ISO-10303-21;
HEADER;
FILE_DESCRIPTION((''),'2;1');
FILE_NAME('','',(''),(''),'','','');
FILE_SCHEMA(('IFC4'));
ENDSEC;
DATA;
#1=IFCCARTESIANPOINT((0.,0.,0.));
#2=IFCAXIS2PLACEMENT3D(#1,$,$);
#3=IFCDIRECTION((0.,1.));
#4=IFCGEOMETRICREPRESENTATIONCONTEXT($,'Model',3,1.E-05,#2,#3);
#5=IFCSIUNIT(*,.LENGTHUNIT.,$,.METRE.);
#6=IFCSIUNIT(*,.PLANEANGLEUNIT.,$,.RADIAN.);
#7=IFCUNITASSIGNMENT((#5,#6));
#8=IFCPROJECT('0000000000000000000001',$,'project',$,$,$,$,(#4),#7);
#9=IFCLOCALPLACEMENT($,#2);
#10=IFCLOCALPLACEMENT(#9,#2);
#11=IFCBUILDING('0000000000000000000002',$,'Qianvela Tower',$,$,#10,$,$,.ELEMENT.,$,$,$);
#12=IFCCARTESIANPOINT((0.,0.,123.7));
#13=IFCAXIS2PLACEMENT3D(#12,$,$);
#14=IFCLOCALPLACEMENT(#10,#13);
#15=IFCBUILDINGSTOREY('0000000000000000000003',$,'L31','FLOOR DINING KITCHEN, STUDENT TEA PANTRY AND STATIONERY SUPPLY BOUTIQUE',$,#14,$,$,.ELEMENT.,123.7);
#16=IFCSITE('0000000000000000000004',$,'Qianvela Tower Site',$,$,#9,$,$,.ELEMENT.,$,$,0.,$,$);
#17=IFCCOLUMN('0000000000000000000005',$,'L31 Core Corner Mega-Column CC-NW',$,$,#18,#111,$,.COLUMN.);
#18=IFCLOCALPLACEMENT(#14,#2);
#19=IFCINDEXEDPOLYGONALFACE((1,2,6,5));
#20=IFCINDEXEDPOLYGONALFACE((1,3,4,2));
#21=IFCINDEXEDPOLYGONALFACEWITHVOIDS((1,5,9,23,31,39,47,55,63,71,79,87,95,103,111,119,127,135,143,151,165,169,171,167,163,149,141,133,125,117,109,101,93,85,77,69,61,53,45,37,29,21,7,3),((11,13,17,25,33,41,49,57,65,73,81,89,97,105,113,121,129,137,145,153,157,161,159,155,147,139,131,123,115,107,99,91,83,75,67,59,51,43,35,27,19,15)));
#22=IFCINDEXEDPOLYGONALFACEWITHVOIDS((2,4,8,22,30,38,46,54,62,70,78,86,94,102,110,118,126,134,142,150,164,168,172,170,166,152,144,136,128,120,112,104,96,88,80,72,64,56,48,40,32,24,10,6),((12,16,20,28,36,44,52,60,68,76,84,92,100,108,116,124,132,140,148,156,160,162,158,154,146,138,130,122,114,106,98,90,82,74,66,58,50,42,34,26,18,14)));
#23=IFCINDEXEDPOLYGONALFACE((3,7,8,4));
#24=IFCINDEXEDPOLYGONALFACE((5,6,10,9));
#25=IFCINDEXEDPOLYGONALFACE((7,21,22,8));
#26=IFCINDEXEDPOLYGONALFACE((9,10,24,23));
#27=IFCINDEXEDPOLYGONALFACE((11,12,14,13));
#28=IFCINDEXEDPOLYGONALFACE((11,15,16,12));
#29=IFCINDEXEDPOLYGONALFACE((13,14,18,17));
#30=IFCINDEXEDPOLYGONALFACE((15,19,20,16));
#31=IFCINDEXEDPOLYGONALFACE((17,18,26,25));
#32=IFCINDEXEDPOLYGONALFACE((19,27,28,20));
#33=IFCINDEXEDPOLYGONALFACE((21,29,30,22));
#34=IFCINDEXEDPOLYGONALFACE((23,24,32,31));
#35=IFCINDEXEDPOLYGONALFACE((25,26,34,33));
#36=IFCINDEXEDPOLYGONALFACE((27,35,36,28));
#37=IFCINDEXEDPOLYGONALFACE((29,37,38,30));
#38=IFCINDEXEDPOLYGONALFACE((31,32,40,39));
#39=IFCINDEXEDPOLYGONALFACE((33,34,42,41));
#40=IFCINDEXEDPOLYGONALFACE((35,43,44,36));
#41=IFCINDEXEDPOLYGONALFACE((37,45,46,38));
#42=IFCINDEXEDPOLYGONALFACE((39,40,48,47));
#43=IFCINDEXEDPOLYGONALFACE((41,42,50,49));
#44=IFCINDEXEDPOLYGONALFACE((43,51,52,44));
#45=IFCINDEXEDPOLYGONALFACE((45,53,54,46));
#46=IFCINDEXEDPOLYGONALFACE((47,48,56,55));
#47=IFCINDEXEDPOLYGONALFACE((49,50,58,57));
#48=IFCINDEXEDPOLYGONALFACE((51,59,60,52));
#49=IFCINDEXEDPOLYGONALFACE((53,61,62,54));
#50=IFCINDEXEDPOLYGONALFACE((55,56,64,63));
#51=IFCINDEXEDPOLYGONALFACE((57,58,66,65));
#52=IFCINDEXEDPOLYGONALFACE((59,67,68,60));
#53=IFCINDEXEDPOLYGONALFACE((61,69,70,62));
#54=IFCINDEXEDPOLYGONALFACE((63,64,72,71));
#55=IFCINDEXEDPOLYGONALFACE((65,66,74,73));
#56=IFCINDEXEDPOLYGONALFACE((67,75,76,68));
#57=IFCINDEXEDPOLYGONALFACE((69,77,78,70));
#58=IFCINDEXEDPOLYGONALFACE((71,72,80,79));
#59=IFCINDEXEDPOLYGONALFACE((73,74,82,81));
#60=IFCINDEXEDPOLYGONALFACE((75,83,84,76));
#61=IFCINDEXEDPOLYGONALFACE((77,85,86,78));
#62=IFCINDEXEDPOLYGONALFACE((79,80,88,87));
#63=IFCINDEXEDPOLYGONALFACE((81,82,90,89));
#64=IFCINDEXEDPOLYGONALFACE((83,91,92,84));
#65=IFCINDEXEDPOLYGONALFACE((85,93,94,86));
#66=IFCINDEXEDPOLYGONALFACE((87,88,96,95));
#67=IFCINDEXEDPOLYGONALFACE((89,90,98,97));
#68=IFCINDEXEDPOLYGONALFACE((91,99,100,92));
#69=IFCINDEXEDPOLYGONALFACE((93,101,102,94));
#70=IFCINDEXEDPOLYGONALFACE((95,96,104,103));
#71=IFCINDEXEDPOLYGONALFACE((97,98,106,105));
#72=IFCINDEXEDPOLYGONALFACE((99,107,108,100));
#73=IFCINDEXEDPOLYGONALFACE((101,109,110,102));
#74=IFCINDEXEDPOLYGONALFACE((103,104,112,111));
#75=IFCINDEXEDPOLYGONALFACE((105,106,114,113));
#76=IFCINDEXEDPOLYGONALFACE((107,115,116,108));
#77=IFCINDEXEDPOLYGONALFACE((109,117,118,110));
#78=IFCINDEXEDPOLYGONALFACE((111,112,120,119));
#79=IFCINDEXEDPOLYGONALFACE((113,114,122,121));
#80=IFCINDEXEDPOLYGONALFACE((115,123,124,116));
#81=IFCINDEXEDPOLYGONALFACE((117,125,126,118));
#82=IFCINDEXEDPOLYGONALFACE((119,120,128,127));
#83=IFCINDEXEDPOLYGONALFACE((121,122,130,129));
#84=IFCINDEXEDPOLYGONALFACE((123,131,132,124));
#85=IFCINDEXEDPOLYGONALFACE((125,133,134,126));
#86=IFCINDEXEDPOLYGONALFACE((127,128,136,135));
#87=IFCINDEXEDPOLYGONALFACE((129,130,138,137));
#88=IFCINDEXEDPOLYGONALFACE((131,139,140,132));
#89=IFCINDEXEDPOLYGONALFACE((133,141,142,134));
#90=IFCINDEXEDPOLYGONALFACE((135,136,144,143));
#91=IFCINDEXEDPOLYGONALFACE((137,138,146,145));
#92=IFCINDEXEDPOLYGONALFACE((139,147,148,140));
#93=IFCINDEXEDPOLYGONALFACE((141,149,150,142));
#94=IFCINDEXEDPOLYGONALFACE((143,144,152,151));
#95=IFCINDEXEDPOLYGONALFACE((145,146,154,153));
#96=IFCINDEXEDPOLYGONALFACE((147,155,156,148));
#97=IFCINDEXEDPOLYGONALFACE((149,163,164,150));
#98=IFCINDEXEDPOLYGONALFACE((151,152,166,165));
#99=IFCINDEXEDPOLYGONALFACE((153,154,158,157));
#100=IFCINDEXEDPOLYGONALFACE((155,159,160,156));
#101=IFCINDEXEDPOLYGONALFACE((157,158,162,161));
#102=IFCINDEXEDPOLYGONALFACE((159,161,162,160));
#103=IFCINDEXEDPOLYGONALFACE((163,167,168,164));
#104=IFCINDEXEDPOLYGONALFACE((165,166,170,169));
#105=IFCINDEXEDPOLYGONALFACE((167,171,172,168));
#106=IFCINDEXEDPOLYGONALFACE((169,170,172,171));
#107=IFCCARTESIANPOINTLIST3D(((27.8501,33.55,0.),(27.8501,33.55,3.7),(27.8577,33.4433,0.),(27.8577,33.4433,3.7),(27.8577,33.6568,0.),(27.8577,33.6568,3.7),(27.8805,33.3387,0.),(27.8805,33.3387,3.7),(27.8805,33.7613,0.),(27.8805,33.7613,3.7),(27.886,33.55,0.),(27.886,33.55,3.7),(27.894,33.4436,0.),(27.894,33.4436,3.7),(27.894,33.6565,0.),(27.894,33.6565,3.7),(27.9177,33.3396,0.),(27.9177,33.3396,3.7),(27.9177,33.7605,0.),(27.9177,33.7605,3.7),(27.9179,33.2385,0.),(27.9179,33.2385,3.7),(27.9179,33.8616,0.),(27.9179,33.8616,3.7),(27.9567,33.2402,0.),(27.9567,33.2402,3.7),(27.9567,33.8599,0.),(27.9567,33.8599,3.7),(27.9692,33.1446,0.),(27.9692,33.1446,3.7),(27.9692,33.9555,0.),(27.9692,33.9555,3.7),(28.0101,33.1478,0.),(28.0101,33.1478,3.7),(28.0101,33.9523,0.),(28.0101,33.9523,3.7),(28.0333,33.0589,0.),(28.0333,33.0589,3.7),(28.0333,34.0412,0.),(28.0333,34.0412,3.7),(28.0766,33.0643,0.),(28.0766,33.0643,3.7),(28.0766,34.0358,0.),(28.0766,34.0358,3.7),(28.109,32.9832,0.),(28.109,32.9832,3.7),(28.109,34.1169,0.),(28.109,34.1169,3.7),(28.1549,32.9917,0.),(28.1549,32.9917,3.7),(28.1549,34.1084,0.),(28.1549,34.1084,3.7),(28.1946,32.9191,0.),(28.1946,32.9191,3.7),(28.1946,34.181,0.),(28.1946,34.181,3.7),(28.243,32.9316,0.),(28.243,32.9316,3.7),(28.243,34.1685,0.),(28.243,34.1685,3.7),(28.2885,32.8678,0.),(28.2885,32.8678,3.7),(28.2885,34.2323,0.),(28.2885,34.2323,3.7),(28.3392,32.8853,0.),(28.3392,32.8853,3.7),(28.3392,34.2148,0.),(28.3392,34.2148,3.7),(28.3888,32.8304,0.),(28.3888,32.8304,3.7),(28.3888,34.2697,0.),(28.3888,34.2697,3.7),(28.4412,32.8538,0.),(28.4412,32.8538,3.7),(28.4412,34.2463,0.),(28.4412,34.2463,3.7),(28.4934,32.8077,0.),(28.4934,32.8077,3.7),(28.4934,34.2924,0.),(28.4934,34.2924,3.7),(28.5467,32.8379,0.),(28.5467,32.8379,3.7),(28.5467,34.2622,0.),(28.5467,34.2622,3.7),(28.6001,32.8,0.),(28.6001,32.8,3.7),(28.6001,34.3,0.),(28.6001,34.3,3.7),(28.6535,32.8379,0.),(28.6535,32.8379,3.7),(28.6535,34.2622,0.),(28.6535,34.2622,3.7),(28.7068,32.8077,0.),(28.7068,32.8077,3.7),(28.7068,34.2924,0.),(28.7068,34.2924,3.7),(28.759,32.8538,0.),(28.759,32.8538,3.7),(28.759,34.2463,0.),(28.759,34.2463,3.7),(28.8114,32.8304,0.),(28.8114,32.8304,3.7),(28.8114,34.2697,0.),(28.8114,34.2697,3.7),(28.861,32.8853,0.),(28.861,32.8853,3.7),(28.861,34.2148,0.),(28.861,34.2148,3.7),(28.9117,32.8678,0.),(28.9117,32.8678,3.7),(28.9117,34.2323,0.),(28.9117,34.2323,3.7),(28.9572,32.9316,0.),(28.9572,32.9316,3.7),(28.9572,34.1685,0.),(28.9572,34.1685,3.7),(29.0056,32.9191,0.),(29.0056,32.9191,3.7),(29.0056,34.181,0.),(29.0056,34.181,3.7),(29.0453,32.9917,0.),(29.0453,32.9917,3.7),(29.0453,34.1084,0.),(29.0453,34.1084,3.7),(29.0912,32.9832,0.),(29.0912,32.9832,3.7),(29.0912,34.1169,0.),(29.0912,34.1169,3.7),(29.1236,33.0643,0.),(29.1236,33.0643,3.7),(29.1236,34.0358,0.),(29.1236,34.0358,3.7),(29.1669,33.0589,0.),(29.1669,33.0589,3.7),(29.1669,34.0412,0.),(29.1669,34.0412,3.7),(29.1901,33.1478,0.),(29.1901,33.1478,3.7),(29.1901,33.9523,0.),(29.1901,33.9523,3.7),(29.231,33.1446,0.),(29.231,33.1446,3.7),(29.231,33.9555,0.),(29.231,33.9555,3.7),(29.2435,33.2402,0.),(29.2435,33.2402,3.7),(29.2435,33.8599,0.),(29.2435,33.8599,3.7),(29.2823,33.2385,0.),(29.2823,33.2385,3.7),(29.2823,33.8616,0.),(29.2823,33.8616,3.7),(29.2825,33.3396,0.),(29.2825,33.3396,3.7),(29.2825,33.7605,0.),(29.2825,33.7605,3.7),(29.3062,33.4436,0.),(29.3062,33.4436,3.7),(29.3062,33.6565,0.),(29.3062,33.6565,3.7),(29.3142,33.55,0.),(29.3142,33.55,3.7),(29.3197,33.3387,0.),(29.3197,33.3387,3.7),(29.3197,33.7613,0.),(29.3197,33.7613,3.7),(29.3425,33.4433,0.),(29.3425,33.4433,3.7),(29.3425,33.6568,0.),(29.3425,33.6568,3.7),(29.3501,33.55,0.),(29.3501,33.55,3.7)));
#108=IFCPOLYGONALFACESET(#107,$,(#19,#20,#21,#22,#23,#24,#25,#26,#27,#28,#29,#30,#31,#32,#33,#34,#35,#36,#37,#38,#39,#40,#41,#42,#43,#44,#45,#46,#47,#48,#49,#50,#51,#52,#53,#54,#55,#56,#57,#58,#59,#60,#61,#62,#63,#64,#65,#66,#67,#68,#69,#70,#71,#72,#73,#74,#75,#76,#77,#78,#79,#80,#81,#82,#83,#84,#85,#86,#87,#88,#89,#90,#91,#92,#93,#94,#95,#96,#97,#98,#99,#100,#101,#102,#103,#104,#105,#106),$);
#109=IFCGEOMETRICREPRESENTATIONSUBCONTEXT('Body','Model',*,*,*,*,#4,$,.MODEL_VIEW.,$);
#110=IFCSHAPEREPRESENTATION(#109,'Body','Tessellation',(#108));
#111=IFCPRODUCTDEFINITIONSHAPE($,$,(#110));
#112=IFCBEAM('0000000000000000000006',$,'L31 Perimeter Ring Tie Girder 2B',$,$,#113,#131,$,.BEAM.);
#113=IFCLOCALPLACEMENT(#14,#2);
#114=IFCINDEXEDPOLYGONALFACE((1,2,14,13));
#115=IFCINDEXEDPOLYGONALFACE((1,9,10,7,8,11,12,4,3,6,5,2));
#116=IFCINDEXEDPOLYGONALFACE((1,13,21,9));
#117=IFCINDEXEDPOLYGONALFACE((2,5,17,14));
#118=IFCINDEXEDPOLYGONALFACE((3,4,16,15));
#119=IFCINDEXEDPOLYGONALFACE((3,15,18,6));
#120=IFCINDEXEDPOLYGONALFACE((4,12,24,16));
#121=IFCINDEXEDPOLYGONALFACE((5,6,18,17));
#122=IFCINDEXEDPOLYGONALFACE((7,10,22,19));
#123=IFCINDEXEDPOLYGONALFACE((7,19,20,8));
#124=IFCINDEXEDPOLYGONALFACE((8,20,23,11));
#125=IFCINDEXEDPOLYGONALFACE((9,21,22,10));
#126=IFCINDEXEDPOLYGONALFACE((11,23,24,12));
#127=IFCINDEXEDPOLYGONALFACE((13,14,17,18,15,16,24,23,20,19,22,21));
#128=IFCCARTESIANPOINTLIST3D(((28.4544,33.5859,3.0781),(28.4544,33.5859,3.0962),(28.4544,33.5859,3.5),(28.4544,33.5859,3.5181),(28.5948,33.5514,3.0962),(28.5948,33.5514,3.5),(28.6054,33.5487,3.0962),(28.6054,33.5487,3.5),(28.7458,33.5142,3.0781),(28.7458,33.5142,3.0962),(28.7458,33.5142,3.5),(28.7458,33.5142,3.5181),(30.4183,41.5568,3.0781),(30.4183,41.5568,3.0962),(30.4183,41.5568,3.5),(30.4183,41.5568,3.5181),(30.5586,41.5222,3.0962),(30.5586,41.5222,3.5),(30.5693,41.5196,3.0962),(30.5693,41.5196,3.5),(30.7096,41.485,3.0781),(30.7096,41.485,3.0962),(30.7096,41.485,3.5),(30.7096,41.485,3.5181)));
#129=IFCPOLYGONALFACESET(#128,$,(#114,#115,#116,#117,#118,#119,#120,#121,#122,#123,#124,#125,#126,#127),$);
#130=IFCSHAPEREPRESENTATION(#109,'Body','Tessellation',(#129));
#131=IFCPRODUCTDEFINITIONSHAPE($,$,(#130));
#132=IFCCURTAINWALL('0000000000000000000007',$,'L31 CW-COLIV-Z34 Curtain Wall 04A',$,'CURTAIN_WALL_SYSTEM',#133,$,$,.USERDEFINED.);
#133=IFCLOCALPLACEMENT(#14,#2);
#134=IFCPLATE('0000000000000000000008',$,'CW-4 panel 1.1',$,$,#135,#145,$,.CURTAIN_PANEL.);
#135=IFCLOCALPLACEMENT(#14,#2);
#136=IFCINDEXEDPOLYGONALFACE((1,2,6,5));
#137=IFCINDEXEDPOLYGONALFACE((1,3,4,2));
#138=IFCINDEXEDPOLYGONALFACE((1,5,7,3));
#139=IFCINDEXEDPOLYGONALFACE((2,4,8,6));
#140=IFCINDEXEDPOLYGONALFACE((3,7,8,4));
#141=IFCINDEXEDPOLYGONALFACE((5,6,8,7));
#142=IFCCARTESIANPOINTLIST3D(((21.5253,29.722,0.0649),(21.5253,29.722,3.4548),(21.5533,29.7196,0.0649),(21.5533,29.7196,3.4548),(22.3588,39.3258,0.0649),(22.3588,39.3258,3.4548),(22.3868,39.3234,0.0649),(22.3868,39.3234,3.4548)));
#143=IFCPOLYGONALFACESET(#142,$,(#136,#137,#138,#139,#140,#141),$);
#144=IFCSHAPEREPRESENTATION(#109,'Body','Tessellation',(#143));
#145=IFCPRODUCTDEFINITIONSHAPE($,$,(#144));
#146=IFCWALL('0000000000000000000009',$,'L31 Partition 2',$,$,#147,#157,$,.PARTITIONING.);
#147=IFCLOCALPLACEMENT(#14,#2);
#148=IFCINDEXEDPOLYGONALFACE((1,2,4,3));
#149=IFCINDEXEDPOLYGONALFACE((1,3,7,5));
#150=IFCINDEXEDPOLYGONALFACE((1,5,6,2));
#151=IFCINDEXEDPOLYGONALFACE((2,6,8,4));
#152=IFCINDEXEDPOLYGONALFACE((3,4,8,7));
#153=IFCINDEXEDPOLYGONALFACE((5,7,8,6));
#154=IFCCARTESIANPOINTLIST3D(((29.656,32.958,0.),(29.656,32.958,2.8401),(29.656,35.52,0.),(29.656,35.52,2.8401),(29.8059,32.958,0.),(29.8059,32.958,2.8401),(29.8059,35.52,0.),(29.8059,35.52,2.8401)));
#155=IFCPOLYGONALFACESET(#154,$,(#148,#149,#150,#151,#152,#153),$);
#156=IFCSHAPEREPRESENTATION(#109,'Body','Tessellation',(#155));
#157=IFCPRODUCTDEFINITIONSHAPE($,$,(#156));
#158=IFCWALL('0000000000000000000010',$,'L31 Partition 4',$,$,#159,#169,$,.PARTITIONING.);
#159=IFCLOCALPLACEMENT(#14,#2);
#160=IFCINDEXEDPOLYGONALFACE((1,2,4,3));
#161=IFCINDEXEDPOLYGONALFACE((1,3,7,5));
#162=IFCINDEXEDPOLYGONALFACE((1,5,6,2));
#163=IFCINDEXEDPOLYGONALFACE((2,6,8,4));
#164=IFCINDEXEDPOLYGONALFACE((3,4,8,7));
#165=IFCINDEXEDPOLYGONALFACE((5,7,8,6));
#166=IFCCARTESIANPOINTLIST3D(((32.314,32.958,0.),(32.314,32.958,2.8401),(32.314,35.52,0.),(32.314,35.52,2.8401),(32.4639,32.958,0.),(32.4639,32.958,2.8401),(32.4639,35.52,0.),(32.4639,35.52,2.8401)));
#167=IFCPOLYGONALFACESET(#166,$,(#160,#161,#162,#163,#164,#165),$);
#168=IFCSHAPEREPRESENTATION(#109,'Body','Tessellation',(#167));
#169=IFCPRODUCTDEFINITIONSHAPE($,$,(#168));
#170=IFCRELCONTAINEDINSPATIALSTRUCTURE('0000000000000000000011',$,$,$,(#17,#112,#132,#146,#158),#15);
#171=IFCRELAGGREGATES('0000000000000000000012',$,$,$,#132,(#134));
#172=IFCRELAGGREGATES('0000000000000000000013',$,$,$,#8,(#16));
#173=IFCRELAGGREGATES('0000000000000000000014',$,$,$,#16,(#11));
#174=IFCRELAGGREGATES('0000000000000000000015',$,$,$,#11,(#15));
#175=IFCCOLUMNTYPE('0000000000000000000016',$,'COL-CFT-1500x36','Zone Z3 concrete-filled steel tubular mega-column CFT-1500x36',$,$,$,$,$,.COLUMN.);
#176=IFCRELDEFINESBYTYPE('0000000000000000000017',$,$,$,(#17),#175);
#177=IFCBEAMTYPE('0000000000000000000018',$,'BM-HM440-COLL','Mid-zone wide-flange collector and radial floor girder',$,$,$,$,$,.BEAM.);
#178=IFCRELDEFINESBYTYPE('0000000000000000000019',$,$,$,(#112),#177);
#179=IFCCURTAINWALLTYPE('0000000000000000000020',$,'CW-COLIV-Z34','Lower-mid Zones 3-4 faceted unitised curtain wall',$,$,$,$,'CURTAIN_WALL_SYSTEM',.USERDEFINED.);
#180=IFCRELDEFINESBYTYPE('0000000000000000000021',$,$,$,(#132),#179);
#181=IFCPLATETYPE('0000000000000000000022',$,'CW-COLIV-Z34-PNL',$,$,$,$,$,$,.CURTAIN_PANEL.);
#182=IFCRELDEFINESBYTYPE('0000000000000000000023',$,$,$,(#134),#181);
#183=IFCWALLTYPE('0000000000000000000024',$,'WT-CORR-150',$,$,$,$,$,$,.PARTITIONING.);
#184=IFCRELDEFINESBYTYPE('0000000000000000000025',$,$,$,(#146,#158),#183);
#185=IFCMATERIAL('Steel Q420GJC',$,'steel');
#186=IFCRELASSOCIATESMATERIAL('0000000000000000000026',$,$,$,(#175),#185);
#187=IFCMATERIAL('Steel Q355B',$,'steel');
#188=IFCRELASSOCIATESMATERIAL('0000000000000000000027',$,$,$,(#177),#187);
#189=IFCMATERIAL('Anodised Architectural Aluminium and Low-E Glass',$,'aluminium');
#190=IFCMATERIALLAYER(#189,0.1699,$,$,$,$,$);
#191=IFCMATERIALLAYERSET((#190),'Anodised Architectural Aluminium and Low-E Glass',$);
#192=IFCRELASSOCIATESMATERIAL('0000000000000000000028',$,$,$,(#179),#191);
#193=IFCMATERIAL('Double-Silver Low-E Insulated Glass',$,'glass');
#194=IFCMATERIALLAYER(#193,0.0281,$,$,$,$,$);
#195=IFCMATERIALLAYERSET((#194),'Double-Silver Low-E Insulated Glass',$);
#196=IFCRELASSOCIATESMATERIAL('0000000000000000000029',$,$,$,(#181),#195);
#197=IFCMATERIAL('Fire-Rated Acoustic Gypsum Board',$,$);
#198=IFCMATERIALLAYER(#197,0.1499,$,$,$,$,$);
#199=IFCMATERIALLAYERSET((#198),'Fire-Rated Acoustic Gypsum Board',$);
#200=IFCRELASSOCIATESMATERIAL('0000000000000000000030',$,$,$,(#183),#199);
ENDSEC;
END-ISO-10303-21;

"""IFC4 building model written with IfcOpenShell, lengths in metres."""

from ifc_helpers import new_model, si_unit, direction, frame, frame_2d, origin, origin_2d, place, context, subcontext, project, spatial, rectangle, hollow_circle, i_section, extrude, material, layer, layer_set, material_profile, profile_set, type_object, element, aggregate, save


model = new_model("IFC4")

# Units and contexts
model_context = context("Model", 3, precision=1e-05, world=origin(), true_north=direction((0.0, 1.0)))
body_context = subcontext(model_context, "Body", "Model", "MODEL_VIEW")
ifc_project = project(units=[si_unit("LENGTHUNIT", "METRE"), si_unit("PLANEANGLEUNIT", "RADIAN")], contexts=[model_context])

# Site, building, storey
site_placement = place(None, origin())
site = spatial("IfcSite", under=ifc_project, at=site_placement, Name="Qianvela Tower Site", CompositionType="ELEMENT", RefElevation=0.0)
building_placement = place(site_placement, origin())
building = spatial("IfcBuilding", under=site, at=building_placement, Name="Qianvela Tower", CompositionType="ELEMENT")
storey_placement = place(building_placement, frame((0.0, 0.0, 123.7)))
storey = spatial("IfcBuildingStorey", under=building, at=storey_placement, Name="L31", Description="FLOOR DINING KITCHEN, STUDENT TEA PANTRY AND STATIONERY SUPPLY BOUTIQUE", CompositionType="ELEMENT", Elevation=123.7)

# Column
ifc_material_1 = material(Name="Steel Q420GJC", Category="steel")
ifc_material_profile_1 = material_profile(ifc_material_1, hollow_circle(Radius=0.75, WallThickness=0.0359, at=origin_2d()), Name="CFT-1500x36")
ifc_profile_set_1 = profile_set([ifc_material_profile_1], Name="Steel Q420GJC")
column_type = type_object("IfcColumnType", Name="COL-CFT-1500x36", Description="Zone Z3 concrete-filled steel tubular mega-column CFT-1500x36", PredefinedType="COLUMN", material=ifc_profile_set_1)
column_placement = place(storey_placement, frame((28.6001, 33.55, 0.0), z_axis=(0.0, 0.0, 1.0), x_axis=(1.0, 0.0, 0.0)))
element("IfcColumn", 1, at=column_placement, inside=storey, type_object=column_type, Name="L31 Core Corner Mega-Column CC-NW", PredefinedType="COLUMN", context=body_context, shape_type="SweptSolid", body=[
    extrude(hollow_circle(Radius=0.75, WallThickness=0.0359, at=origin_2d()), origin(), (0.0, 0.0, 1.0), 3.7),
])

# Beam
ifc_material_2 = material(Name="Steel Q355B", Category="steel")
ifc_material_profile_2 = material_profile(ifc_material_2, i_section(OverallWidth=0.3, OverallDepth=0.4399, WebThickness=0.011, FlangeThickness=0.0181, at=origin_2d()), Name="HM440x300x11x18")
ifc_profile_set_2 = profile_set([ifc_material_profile_2], Name="Steel Q355B")
beam_type = type_object("IfcBeamType", Name="BM-HM440-COLL", Description="Mid-zone wide-flange collector and radial floor girder", PredefinedType="BEAM", material=ifc_profile_set_2)
beam_placement = place(storey_placement, frame((28.6001, 33.55, 3.2981), z_axis=(0.239224, 0.970964, 0.0), x_axis=(-0.970964, 0.239224, 0.0)))
element("IfcBeam", 2, at=beam_placement, inside=storey, type_object=beam_type, Name="L31 Perimeter Ring Tie Girder 2B", PredefinedType="BEAM", context=body_context, shape_type="SweptSolid", body=[
    extrude(i_section(OverallWidth=0.3, OverallDepth=0.4399, WebThickness=0.011, FlangeThickness=0.0181, at=origin_2d()), origin(), (0.0, 0.0, 1.0), 8.2092),
])

# Curtain wall, plate
ifc_material_3 = material(Name="Anodised Architectural Aluminium and Low-E Glass", Category="aluminium")
ifc_layer_1 = layer(ifc_material_3, 0.1699)
ifc_layer_set_1 = layer_set([ifc_layer_1], Name="Anodised Architectural Aluminium and Low-E Glass")
curtain_wall_type = type_object("IfcCurtainWallType", Name="CW-COLIV-Z34", Description="Lower-mid Zones 3-4 faceted unitised curtain wall", ElementType="CURTAIN_WALL_SYSTEM", PredefinedType="USERDEFINED", material=ifc_layer_set_1)
curtain_wall_placement = place(storey_placement, origin())
curtain_wall = element("IfcCurtainWall", 3, at=curtain_wall_placement, inside=storey, type_object=curtain_wall_type, Name="L31 CW-COLIV-Z34 Curtain Wall 04A", ObjectType="CURTAIN_WALL_SYSTEM", PredefinedType="USERDEFINED")
ifc_material_4 = material(Name="Double-Silver Low-E Insulated Glass", Category="glass")
ifc_layer_2 = layer(ifc_material_4, 0.0281)
ifc_layer_set_2 = layer_set([ifc_layer_2], Name="Double-Silver Low-E Insulated Glass")
plate_type = type_object("IfcPlateType", Name="CW-COLIV-Z34-PNL", PredefinedType="CURTAIN_PANEL", material=ifc_layer_set_2)
plate_placement = place(storey_placement, frame((21.9561, 34.5227, 0.0649), z_axis=(0.0, 0.0, 1.0), x_axis=(-0.086459, -0.996255, 0.0)))
plate = element("IfcPlate", 4, at=plate_placement, type_object=plate_type, Name="CW-4 panel 1.1", PredefinedType="CURTAIN_PANEL", context=body_context, shape_type="SweptSolid", body=[
    extrude(rectangle(XDim=9.6399, YDim=0.0281, at=origin_2d()), origin(), (0.0, 0.0, 1.0), 3.3899),
])
aggregate(curtain_wall, [plate])

# Wall
ifc_material_5 = material(Name="Fire-Rated Acoustic Gypsum Board")
ifc_layer_3 = layer(ifc_material_5, 0.1499)
ifc_layer_set_3 = layer_set([ifc_layer_3], Name="Fire-Rated Acoustic Gypsum Board")
wall_type_1 = type_object("IfcWallType", Name="WT-CORR-150", PredefinedType="PARTITIONING", material=ifc_layer_set_3)
wall_1_placement = place(storey_placement, frame((29.731, 32.958, 0.0), z_axis=(0.0, 0.0, 1.0), x_axis=(0.0, 1.0, 0.0)))
element("IfcWall", 5, at=wall_1_placement, inside=storey, type_object=wall_type_1, Name="L31 Partition 2", PredefinedType="PARTITIONING", context=body_context, shape_type="SweptSolid", body=[
    extrude(rectangle(XDim=2.562, YDim=0.1499, at=frame_2d((1.281, 0.0))), origin(), (0.0, 0.0, 1.0), 2.8401),
])

# Wall
wall_2_placement = place(storey_placement, frame((32.3889, 35.52, 0.0), z_axis=(0.0, 0.0, 1.0), x_axis=(0.0, -1.0, 0.0)))
element("IfcWall", 6, at=wall_2_placement, inside=storey, type_object=wall_type_1, Name="L31 Partition 4", PredefinedType="PARTITIONING", context=body_context, shape_type="SweptSolid", body=[
    extrude(rectangle(XDim=2.562, YDim=0.1499, at=frame_2d((1.281, 0.0))), origin(), (0.0, 0.0, 1.0), 2.8401),
])

save(model, "model.ifc")
